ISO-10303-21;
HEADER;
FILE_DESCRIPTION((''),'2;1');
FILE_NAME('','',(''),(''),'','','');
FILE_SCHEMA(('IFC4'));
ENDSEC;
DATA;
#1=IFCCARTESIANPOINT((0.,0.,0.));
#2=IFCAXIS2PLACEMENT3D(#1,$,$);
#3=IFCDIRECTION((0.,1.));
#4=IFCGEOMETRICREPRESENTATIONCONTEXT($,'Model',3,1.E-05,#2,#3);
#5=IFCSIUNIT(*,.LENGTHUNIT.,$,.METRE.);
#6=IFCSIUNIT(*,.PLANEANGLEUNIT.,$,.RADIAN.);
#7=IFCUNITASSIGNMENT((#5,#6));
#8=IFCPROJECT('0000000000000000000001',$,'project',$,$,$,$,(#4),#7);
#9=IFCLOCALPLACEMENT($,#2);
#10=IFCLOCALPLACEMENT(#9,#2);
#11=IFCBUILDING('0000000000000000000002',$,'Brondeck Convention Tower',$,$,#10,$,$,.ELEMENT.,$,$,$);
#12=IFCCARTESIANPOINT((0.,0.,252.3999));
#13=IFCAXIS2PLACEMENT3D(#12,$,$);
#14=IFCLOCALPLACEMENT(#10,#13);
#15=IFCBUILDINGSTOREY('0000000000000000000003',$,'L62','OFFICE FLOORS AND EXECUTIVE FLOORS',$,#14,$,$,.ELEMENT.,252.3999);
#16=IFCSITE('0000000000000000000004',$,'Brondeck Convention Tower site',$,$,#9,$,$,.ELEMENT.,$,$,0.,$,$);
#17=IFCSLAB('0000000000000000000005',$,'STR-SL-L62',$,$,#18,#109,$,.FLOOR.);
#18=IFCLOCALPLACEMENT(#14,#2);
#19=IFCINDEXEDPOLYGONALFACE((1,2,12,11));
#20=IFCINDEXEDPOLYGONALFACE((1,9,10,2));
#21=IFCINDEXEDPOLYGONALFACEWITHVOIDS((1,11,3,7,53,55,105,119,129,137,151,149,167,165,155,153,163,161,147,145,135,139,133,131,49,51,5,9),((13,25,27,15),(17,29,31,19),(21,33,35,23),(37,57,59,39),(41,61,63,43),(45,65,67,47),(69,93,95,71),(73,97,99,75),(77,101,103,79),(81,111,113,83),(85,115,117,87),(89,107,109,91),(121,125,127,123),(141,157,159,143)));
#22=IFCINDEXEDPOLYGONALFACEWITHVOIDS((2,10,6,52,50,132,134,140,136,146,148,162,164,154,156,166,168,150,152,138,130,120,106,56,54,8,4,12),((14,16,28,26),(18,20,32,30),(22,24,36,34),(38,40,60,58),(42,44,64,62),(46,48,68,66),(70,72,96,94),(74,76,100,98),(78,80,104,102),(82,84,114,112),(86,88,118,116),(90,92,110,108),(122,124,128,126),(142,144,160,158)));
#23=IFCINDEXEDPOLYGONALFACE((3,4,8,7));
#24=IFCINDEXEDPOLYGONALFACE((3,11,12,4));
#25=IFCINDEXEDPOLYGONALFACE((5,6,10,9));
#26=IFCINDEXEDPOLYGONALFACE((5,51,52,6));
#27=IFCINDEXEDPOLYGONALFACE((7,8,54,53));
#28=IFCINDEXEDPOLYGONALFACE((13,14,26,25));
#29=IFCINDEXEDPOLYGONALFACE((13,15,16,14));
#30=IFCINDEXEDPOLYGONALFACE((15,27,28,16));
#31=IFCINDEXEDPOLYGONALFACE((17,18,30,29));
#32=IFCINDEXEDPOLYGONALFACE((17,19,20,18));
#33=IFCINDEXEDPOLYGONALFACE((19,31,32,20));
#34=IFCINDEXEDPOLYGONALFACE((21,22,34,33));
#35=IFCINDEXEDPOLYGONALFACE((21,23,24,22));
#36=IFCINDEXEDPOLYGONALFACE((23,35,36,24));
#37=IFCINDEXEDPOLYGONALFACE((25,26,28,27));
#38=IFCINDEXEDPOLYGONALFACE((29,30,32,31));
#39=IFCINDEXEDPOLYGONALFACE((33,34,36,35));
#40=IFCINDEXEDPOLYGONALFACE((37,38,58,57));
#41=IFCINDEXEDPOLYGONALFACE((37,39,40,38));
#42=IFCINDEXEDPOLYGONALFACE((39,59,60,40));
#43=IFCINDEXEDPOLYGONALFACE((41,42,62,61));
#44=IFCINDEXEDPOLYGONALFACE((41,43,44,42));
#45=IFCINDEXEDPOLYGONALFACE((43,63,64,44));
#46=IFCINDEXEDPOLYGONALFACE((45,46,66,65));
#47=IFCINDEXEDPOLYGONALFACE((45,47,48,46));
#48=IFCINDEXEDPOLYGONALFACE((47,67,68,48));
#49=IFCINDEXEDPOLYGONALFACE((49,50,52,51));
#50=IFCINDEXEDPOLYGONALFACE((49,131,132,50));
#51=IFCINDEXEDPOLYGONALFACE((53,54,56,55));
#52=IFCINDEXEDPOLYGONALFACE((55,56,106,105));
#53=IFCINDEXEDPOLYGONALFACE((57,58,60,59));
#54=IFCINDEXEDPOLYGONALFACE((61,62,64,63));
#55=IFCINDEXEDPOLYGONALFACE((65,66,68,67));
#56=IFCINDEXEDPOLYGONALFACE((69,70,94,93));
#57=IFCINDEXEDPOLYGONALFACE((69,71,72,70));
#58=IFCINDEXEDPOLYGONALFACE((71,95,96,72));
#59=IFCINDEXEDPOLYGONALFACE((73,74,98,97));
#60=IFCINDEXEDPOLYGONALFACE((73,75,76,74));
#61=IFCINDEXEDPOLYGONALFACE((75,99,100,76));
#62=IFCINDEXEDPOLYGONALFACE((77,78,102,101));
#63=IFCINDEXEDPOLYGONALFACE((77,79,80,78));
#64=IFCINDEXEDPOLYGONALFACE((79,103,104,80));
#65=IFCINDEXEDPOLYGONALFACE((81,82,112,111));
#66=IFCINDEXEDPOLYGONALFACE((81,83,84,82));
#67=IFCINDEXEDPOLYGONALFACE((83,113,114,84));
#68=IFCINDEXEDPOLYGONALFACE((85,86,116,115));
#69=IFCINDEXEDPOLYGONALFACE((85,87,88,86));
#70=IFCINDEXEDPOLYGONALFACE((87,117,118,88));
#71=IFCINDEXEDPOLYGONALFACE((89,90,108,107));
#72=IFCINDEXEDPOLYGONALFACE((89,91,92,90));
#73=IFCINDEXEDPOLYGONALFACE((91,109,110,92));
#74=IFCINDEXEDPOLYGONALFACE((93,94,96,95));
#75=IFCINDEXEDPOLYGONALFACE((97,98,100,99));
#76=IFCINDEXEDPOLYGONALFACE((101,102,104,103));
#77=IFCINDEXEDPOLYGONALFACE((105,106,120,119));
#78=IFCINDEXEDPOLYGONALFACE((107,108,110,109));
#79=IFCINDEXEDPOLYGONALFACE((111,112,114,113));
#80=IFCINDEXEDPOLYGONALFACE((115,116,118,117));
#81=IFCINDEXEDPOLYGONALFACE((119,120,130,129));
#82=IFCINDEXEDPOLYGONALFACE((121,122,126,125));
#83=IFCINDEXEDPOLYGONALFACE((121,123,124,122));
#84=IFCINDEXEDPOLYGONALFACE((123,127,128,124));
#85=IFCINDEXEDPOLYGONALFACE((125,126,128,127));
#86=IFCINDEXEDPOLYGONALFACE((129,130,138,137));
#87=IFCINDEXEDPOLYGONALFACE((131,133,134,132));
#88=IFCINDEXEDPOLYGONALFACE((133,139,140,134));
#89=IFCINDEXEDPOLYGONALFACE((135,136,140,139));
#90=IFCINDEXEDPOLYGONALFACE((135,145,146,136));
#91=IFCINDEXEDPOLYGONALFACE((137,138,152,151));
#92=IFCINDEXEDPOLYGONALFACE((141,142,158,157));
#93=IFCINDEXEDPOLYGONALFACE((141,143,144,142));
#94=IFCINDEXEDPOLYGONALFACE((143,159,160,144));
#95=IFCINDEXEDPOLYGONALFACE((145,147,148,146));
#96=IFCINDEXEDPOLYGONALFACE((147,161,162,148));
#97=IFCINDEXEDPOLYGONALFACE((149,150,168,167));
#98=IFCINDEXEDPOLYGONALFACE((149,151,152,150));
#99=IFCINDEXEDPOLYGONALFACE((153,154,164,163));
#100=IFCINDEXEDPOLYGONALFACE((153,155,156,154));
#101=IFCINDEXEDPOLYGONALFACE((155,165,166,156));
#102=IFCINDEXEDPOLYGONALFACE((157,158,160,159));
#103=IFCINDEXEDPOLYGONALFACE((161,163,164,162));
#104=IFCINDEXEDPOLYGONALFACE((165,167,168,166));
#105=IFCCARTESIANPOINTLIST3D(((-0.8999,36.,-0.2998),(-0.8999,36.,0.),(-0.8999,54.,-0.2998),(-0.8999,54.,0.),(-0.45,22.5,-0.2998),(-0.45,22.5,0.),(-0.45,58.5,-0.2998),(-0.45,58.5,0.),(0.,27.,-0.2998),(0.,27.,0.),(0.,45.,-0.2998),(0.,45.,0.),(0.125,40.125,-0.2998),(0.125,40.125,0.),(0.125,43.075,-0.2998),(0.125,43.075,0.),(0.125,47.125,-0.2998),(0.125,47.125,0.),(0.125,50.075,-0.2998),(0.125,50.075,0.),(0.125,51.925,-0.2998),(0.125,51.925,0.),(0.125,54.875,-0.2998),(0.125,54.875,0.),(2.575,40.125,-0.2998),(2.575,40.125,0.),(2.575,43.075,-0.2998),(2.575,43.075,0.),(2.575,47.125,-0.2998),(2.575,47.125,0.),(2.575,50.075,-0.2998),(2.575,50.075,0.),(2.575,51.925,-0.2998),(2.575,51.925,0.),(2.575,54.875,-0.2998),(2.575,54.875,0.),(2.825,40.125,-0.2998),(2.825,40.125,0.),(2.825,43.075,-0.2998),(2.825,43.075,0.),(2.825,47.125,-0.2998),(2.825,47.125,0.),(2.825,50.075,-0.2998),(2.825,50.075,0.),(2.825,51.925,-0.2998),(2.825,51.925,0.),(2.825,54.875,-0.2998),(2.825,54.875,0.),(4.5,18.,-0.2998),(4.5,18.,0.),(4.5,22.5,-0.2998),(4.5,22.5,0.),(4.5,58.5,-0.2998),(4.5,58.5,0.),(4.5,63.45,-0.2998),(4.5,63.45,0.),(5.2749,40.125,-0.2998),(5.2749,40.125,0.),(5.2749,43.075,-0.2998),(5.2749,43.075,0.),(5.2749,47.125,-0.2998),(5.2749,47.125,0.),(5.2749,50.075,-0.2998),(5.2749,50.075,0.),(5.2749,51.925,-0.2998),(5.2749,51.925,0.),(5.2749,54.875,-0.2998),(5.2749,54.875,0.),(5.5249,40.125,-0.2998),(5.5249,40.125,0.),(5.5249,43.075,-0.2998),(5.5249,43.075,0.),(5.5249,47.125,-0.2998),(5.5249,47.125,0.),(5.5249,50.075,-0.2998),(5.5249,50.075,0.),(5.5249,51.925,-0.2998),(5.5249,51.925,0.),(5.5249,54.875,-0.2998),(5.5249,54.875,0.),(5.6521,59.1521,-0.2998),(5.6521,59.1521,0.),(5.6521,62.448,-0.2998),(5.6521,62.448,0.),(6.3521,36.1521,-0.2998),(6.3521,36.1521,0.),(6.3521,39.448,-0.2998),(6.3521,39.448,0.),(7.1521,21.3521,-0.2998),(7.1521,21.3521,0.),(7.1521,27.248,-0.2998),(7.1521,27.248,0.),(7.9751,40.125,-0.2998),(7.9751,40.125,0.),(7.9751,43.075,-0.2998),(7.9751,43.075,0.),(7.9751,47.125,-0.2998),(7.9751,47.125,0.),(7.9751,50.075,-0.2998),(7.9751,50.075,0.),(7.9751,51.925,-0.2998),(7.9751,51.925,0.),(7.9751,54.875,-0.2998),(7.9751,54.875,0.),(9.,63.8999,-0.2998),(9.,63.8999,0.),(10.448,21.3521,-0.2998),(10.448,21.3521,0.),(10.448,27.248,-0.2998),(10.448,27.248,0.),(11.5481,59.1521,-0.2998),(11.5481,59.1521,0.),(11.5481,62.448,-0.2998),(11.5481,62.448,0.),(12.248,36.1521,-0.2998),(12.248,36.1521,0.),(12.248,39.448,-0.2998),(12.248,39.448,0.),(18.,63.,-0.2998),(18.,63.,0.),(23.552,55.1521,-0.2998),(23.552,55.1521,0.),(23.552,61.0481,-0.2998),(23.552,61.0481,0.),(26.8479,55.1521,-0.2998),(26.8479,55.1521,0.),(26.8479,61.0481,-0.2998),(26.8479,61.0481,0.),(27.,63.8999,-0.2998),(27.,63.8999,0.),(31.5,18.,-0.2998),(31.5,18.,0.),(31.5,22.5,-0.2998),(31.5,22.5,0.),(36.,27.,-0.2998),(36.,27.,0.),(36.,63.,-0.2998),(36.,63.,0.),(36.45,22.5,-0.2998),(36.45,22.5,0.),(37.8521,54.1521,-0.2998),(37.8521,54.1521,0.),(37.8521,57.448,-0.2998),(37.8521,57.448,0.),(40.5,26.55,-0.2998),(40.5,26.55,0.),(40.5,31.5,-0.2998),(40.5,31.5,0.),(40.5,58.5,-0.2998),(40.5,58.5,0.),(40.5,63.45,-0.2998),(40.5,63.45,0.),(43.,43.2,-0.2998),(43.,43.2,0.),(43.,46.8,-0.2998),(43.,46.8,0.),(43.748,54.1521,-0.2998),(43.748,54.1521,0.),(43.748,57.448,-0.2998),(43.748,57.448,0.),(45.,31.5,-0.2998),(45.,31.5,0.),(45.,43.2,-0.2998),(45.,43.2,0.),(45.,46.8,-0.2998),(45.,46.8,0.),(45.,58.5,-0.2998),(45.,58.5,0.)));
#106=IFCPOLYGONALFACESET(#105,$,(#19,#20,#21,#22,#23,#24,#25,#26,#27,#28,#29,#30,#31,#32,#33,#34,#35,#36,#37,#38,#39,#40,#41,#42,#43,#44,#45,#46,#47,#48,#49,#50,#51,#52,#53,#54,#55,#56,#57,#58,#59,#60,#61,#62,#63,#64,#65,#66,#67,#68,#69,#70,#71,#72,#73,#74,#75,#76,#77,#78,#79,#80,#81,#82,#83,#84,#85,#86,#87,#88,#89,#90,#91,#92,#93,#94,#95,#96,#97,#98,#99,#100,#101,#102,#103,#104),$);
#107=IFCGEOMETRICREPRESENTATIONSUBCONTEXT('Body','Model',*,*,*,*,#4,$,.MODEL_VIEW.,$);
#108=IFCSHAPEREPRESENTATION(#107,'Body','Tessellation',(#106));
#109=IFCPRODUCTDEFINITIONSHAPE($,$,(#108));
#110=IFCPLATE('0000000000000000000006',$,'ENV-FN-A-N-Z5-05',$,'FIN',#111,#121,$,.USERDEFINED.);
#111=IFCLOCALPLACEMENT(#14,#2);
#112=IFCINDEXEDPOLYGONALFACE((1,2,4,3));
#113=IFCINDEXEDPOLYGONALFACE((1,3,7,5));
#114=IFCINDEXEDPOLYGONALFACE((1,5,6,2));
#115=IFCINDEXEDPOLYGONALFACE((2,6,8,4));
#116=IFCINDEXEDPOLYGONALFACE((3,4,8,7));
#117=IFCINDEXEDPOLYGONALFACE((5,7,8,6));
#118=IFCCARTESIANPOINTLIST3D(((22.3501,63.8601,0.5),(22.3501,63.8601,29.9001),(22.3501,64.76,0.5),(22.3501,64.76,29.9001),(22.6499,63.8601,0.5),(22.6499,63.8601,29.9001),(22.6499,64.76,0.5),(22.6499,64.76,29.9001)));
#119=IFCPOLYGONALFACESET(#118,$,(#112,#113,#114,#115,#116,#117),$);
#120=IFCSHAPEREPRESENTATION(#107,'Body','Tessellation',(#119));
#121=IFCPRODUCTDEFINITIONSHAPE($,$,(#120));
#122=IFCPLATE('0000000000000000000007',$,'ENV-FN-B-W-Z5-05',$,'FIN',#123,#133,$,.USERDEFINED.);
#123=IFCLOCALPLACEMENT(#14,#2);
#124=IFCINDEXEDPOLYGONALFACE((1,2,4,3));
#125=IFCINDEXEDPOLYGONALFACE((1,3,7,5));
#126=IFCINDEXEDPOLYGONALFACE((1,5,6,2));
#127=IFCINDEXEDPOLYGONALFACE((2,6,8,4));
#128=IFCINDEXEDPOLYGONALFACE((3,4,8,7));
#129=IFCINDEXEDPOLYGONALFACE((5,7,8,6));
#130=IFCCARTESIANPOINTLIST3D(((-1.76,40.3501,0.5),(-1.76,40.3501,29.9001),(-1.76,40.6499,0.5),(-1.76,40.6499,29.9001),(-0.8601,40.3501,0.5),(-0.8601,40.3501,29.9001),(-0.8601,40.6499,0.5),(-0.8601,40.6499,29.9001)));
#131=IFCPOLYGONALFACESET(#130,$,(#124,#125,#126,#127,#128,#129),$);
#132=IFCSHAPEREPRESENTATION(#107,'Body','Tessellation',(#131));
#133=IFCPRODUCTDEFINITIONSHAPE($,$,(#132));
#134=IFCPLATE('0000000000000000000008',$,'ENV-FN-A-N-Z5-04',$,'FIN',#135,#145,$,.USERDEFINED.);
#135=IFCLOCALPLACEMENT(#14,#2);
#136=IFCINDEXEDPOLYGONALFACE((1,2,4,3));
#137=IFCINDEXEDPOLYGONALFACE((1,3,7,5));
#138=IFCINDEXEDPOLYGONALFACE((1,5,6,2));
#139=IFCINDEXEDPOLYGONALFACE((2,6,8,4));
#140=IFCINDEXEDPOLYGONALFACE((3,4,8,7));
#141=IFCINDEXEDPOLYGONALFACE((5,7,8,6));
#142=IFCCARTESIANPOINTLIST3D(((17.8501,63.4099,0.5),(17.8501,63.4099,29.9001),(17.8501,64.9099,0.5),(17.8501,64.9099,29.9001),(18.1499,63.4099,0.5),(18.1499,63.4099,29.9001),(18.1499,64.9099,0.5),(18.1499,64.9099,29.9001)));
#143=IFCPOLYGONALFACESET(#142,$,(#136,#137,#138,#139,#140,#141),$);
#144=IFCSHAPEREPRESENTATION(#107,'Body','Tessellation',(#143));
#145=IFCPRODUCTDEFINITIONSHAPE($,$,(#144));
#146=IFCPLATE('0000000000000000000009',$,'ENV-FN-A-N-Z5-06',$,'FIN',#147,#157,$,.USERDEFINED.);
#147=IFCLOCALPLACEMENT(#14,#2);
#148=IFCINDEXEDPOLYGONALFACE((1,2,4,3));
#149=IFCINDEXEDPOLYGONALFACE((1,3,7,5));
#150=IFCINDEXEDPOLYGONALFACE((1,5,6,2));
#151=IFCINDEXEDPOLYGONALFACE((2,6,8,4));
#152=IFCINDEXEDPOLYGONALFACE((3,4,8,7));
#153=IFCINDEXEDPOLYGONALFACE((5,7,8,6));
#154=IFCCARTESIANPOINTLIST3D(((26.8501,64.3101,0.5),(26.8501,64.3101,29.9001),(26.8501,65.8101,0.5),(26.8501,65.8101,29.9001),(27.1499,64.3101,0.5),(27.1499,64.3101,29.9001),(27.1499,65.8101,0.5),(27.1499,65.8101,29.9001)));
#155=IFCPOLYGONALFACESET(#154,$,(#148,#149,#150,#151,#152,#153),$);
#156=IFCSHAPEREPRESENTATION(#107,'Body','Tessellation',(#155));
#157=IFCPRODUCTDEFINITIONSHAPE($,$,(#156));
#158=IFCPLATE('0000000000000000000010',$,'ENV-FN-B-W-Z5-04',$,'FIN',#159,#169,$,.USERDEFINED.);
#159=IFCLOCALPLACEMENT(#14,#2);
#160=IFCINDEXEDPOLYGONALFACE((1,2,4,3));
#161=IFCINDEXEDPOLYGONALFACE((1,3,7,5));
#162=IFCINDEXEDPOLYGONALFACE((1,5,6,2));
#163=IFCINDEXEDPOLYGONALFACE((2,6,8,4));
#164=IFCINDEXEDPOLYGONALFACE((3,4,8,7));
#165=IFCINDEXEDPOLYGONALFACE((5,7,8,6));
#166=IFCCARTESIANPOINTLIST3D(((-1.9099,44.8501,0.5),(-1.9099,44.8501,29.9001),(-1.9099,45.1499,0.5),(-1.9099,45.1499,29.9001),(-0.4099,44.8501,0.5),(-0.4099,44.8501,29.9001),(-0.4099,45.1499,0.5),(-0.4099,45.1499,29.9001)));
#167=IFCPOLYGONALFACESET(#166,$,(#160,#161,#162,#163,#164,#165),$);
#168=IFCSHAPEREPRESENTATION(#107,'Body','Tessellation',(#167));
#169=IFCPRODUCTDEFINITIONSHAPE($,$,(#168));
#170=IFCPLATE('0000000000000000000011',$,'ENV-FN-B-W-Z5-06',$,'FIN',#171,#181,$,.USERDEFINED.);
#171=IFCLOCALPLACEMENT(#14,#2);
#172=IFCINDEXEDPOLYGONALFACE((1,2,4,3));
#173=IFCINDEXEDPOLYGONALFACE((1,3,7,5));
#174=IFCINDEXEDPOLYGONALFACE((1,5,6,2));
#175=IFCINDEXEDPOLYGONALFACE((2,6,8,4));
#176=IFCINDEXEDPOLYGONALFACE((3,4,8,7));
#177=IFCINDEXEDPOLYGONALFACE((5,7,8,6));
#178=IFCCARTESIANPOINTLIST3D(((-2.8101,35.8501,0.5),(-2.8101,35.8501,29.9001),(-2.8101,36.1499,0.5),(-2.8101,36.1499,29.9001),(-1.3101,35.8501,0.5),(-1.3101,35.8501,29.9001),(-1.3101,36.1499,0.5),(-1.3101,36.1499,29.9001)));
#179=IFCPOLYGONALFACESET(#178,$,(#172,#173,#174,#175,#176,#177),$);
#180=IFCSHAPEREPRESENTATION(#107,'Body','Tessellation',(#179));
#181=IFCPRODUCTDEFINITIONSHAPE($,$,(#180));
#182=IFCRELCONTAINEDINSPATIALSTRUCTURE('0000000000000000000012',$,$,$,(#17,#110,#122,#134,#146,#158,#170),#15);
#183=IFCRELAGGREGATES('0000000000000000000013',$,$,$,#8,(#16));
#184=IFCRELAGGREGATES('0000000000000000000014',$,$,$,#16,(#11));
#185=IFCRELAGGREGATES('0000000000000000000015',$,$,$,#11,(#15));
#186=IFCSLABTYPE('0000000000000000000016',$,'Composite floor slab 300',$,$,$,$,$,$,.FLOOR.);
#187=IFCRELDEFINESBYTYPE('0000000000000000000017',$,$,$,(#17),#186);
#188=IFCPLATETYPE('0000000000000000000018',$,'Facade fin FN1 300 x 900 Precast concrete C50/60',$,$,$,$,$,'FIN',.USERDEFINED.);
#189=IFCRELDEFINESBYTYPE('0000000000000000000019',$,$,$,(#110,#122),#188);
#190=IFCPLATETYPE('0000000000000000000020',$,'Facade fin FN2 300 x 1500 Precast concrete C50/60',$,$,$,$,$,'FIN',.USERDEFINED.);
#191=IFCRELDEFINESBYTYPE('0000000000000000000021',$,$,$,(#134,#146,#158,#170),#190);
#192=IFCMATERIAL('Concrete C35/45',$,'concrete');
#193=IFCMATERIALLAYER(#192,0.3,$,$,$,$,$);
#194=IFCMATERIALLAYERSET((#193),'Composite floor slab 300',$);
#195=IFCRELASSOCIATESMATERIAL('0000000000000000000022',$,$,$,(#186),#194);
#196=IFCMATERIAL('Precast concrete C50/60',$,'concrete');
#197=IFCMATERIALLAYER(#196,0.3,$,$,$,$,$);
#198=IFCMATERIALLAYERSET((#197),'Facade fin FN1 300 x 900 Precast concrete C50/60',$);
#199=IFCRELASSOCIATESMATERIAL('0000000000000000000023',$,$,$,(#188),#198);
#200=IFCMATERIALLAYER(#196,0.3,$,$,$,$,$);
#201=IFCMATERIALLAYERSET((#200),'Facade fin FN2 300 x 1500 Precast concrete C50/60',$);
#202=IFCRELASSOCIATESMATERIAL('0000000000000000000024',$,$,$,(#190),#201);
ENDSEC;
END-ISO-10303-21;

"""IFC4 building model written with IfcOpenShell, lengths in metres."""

from ifc_helpers import new_model, si_unit, direction, frame, origin, place, context, subcontext, project, spatial, polyline, outline, extrude, material, layer, layer_set, type_object, element, save


model = new_model("IFC4")

# Units and contexts
model_context = context("Model", 3, precision=1e-05, world=origin(), true_north=direction((0.0, 1.0)))
body_context = subcontext(model_context, "Body", "Model", "MODEL_VIEW")
ifc_project = project(units=[si_unit("LENGTHUNIT", "METRE"), si_unit("PLANEANGLEUNIT", "RADIAN")], contexts=[model_context])

# Site, building, storey
site_placement = place(None, origin())
site = spatial("IfcSite", under=ifc_project, at=site_placement, Name="Brondeck Convention Tower site", CompositionType="ELEMENT", RefElevation=0.0)
building_placement = place(site_placement, origin())
building = spatial("IfcBuilding", under=site, at=building_placement, Name="Brondeck Convention Tower", CompositionType="ELEMENT")
storey_placement = place(building_placement, frame((0.0, 0.0, 252.3999)))
storey = spatial("IfcBuildingStorey", under=building, at=storey_placement, Name="L62", Description="OFFICE FLOORS AND EXECUTIVE FLOORS", CompositionType="ELEMENT", Elevation=252.3999)

# Slab
ifc_material_1 = material(Name="Concrete C35/45", Category="concrete")
ifc_layer_1 = layer(ifc_material_1, 0.3)
ifc_layer_set_1 = layer_set([ifc_layer_1], Name="Composite floor slab 300")
slab_type_1 = type_object("IfcSlabType", Name="Composite floor slab 300", PredefinedType="FLOOR", material=ifc_layer_set_1)
slab_1_placement = place(storey_placement, frame((0.0, 0.0, -0.2998)))
element("IfcSlab", 1, at=slab_1_placement, inside=storey, type_object=slab_type_1, Name="STR-SL-L62", PredefinedType="FLOOR", context=body_context, shape_type="SweptSolid", body=[
    extrude(outline(polyline([(45.0, 31.5), (40.5, 31.5), (40.5, 26.55), (36.0, 27.0), (36.45, 22.5), (31.5, 22.5), (31.5, 18.0), (4.5, 18.0), (4.5, 22.5), (-0.45, 22.5), (0.0, 27.0), (-0.8999, 36.0), (0.0, 45.0), (-0.8999, 54.0), (-0.45, 58.5), (4.5, 58.5), (4.5, 63.45), (9.0, 63.8999), (18.0, 63.0), (27.0, 63.8999), (36.0, 63.0), (40.5, 63.45), (40.5, 58.5), (45.0, 58.5), (45.0, 46.8), (43.0, 46.8), (43.0, 43.2), (45.0, 43.2), (45.0, 31.5)]), holes=[polyline([(2.575, 40.125), (2.575, 43.075), (0.125, 43.075), (0.125, 40.125), (2.575, 40.125)]), polyline([(5.2749, 40.125), (5.2749, 43.075), (2.825, 43.075), (2.825, 40.125), (5.2749, 40.125)]), polyline([(7.9751, 40.125), (7.9751, 43.075), (5.5249, 43.075), (5.5249, 40.125), (7.9751, 40.125)]), polyline([(2.575, 47.125), (2.575, 50.075), (0.125, 50.075), (0.125, 47.125), (2.575, 47.125)]), polyline([(5.2749, 47.125), (5.2749, 50.075), (2.825, 50.075), (2.825, 47.125), (5.2749, 47.125)]), polyline([(7.9751, 47.125), (7.9751, 50.075), (5.5249, 50.075), (5.5249, 47.125), (7.9751, 47.125)]), polyline([(2.575, 51.925), (2.575, 54.875), (0.125, 54.875), (0.125, 51.925), (2.575, 51.925)]), polyline([(5.2749, 51.925), (5.2749, 54.875), (2.825, 54.875), (2.825, 51.925), (5.2749, 51.925)]), polyline([(10.448, 27.248), (7.1521, 27.248), (7.1521, 21.3521), (10.448, 21.3521), (10.448, 27.248)]), polyline([(12.248, 36.1521), (12.248, 39.448), (6.3521, 39.448), (6.3521, 36.1521), (12.248, 36.1521)]), polyline([(7.9751, 51.925), (7.9751, 54.875), (5.5249, 54.875), (5.5249, 51.925), (7.9751, 51.925)]), polyline([(43.748, 54.1521), (43.748, 57.448), (37.8521, 57.448), (37.8521, 54.1521), (43.748, 54.1521)]), polyline([(23.552, 55.1521), (26.8479, 55.1521), (26.8479, 61.0481), (23.552, 61.0481), (23.552, 55.1521)]), polyline([(5.6521, 62.448), (5.6521, 59.1521), (11.5481, 59.1521), (11.5481, 62.448), (5.6521, 62.448)])]), origin(), (0.0, 0.0, 1.0), 0.2998),
])

# Plates
ifc_material_2 = material(Name="Precast concrete C50/60", Category="concrete")
ifc_layer_2 = layer(ifc_material_2, 0.3)
ifc_layer_set_2 = layer_set([ifc_layer_2], Name="Facade fin FN1 300 x 900 Precast concrete C50/60")
plate_type_1 = type_object("IfcPlateType", Name="Facade fin FN1 300 x 900 Precast concrete C50/60", ElementType="FIN", PredefinedType="USERDEFINED", material=ifc_layer_set_2)
plate_1_placement = place(storey_placement, frame((0.0, 0.0, 0.5)))
element("IfcPlate", 2, at=plate_1_placement, inside=storey, type_object=plate_type_1, Name="ENV-FN-A-N-Z5-05", ObjectType="FIN", PredefinedType="USERDEFINED", context=body_context, shape_type="SweptSolid", body=[
    extrude(outline(polyline([(22.3501, 64.76), (22.3501, 63.8601), (22.6499, 63.8601), (22.6499, 64.76), (22.3501, 64.76)])), origin(), (0.0, 0.0, 1.0), 29.4001),
])
plate_2_placement = place(storey_placement, frame((0.0, 0.0, 0.5)))
element("IfcPlate", 3, at=plate_2_placement, inside=storey, type_object=plate_type_1, Name="ENV-FN-B-W-Z5-05", ObjectType="FIN", PredefinedType="USERDEFINED", context=body_context, shape_type="SweptSolid", body=[
    extrude(outline(polyline([(-1.76, 40.3501), (-0.8601, 40.3501), (-0.8601, 40.6499), (-1.76, 40.6499), (-1.76, 40.3501)])), origin(), (0.0, 0.0, 1.0), 29.4001),
])
ifc_layer_3 = layer(ifc_material_2, 0.3)
ifc_layer_set_3 = layer_set([ifc_layer_3], Name="Facade fin FN2 300 x 1500 Precast concrete C50/60")
plate_type_2 = type_object("IfcPlateType", Name="Facade fin FN2 300 x 1500 Precast concrete C50/60", ElementType="FIN", PredefinedType="USERDEFINED", material=ifc_layer_set_3)
plate_3_placement = place(storey_placement, frame((0.0, 0.0, 0.5)))
element("IfcPlate", 4, at=plate_3_placement, inside=storey, type_object=plate_type_2, Name="ENV-FN-A-N-Z5-04", ObjectType="FIN", PredefinedType="USERDEFINED", context=body_context, shape_type="SweptSolid", body=[
    extrude(outline(polyline([(17.8501, 64.9099), (17.8501, 63.4099), (18.1499, 63.4099), (18.1499, 64.9099), (17.8501, 64.9099)])), origin(), (0.0, 0.0, 1.0), 29.4001),
])
plate_4_placement = place(storey_placement, frame((0.0, 0.0, 0.5)))
element("IfcPlate", 5, at=plate_4_placement, inside=storey, type_object=plate_type_2, Name="ENV-FN-A-N-Z5-06", ObjectType="FIN", PredefinedType="USERDEFINED", context=body_context, shape_type="SweptSolid", body=[
    extrude(outline(polyline([(26.8501, 65.8101), (26.8501, 64.3101), (27.1499, 64.3101), (27.1499, 65.8101), (26.8501, 65.8101)])), origin(), (0.0, 0.0, 1.0), 29.4001),
])
plate_5_placement = place(storey_placement, frame((0.0, 0.0, 0.5)))
element("IfcPlate", 6, at=plate_5_placement, inside=storey, type_object=plate_type_2, Name="ENV-FN-B-W-Z5-04", ObjectType="FIN", PredefinedType="USERDEFINED", context=body_context, shape_type="SweptSolid", body=[
    extrude(outline(polyline([(-1.9099, 44.8501), (-0.4099, 44.8501), (-0.4099, 45.1499), (-1.9099, 45.1499), (-1.9099, 44.8501)])), origin(), (0.0, 0.0, 1.0), 29.4001),
])
plate_6_placement = place(storey_placement, frame((0.0, 0.0, 0.5)))
element("IfcPlate", 7, at=plate_6_placement, inside=storey, type_object=plate_type_2, Name="ENV-FN-B-W-Z5-06", ObjectType="FIN", PredefinedType="USERDEFINED", context=body_context, shape_type="SweptSolid", body=[
    extrude(outline(polyline([(-2.8101, 35.8501), (-1.3101, 35.8501), (-1.3101, 36.1499), (-2.8101, 36.1499), (-2.8101, 35.8501)])), origin(), (0.0, 0.0, 1.0), 29.4001),
])

save(model, "model.ifc")
